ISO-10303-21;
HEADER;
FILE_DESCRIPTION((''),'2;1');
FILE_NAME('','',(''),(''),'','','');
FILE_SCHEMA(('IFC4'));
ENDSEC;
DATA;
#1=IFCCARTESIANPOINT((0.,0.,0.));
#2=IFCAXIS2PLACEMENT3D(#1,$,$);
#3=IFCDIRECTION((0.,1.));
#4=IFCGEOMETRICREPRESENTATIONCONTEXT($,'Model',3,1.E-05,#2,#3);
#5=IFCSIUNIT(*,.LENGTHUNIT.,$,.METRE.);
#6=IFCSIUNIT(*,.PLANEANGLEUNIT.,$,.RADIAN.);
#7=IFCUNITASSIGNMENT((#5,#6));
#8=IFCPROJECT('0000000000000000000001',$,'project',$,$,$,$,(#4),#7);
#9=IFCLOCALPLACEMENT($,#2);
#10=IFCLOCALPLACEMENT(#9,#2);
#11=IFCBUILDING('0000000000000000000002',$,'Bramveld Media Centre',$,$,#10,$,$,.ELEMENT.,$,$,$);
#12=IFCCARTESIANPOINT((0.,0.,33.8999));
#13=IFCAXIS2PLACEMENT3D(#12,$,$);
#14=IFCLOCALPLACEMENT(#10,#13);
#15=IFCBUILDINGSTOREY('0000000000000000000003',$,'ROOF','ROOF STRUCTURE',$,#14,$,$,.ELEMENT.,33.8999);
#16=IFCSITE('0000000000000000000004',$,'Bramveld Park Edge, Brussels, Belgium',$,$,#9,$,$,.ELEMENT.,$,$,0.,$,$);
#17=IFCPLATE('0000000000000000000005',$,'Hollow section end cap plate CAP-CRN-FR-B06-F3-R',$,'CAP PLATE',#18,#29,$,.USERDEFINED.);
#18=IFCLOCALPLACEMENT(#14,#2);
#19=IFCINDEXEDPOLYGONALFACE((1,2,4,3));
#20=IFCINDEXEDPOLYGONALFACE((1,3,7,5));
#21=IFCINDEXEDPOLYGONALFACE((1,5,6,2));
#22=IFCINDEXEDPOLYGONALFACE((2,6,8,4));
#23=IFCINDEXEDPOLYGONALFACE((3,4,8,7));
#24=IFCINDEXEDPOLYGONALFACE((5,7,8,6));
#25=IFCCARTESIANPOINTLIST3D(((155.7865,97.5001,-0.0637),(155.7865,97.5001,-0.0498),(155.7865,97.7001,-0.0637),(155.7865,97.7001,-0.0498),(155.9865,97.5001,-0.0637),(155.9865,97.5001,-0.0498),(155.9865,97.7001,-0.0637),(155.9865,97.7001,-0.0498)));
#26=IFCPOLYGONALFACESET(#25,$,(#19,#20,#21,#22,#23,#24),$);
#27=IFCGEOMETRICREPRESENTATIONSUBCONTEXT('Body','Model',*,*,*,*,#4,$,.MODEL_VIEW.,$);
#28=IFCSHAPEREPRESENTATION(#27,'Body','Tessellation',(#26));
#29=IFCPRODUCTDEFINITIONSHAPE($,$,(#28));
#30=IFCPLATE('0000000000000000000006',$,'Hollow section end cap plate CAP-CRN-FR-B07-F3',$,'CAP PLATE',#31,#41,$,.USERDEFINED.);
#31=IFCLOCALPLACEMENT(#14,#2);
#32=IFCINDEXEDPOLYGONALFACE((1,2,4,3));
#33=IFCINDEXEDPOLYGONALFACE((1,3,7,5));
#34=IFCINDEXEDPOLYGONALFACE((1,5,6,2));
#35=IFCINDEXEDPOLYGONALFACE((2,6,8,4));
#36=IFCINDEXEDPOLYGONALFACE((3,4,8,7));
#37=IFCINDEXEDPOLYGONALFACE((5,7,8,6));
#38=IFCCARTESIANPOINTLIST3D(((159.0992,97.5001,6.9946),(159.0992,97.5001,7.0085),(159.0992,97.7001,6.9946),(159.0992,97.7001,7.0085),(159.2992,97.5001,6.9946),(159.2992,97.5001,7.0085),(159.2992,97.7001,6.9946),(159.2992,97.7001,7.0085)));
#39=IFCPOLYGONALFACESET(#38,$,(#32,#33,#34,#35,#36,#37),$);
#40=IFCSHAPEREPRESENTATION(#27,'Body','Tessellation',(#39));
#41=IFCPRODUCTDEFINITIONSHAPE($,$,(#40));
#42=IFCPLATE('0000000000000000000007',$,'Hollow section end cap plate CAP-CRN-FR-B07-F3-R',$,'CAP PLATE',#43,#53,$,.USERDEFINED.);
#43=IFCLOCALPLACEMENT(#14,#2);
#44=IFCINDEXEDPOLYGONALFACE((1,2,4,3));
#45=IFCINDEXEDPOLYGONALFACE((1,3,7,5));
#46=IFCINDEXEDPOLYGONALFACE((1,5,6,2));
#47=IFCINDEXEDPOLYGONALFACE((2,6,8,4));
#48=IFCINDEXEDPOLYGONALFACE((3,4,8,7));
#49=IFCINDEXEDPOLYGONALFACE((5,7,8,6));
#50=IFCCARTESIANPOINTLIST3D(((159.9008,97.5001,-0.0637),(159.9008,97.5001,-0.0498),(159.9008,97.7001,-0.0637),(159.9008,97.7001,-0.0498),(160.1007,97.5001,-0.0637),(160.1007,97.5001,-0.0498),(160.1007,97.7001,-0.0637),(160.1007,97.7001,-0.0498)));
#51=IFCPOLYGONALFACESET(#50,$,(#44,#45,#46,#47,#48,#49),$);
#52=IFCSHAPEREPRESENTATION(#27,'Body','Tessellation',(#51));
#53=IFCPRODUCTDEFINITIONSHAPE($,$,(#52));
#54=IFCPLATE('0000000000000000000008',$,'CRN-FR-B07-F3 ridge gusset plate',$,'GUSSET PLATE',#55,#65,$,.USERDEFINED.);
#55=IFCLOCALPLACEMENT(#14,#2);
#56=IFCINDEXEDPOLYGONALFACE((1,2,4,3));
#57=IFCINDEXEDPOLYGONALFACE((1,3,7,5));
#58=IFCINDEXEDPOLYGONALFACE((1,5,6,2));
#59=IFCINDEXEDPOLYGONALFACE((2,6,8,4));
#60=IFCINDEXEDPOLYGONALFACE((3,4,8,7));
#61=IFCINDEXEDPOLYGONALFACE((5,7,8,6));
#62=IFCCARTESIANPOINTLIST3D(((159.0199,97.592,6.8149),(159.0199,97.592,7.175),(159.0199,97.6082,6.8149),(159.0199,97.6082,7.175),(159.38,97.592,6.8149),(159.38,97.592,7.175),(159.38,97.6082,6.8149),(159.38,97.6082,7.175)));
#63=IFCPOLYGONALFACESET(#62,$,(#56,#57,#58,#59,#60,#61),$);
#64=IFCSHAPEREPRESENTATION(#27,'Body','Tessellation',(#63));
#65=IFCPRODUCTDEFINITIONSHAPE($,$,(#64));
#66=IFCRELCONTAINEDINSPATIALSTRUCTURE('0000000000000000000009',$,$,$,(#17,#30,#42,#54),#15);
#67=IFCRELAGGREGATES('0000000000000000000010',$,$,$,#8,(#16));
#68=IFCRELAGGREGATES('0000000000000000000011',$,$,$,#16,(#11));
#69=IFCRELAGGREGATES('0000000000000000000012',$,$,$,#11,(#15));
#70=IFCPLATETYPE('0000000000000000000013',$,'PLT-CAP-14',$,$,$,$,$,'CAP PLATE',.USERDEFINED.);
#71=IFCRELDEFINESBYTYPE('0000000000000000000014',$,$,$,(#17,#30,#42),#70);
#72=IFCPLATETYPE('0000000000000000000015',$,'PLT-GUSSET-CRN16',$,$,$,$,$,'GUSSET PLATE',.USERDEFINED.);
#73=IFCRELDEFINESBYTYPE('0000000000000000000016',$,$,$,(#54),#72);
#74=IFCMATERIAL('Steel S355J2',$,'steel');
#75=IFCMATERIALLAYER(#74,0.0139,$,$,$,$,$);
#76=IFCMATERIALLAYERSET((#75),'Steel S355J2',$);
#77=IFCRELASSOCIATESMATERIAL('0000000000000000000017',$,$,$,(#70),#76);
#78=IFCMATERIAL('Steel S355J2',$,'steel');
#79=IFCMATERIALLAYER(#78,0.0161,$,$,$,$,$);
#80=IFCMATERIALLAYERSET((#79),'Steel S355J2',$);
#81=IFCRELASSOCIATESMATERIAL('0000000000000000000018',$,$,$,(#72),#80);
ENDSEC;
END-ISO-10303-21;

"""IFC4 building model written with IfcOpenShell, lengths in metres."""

from ifc_helpers import new_model, si_unit, direction, frame, origin, origin_2d, place, context, subcontext, project, spatial, rectangle, extrude, material, layer, layer_set, type_object, element, save


model = new_model("IFC4")

# Units and contexts
model_context = context("Model", 3, precision=1e-05, world=origin(), true_north=direction((0.0, 1.0)))
body_context = subcontext(model_context, "Body", "Model", "MODEL_VIEW")
ifc_project = project(units=[si_unit("LENGTHUNIT", "METRE"), si_unit("PLANEANGLEUNIT", "RADIAN")], contexts=[model_context])

# Site, building, storey
site_placement = place(None, origin())
site = spatial("IfcSite", under=ifc_project, at=site_placement, Name="Bramveld Park Edge, Brussels, Belgium", CompositionType="ELEMENT", RefElevation=0.0)
building_placement = place(site_placement, origin())
building = spatial("IfcBuilding", under=site, at=building_placement, Name="Bramveld Media Centre", CompositionType="ELEMENT")
storey_placement = place(building_placement, frame((0.0, 0.0, 33.8999)))
storey = spatial("IfcBuildingStorey", under=building, at=storey_placement, Name="ROOF", Description="ROOF STRUCTURE", CompositionType="ELEMENT", Elevation=33.8999)

# Plates
ifc_material_1 = material(Name="Steel S355J2", Category="steel")
ifc_layer_1 = layer(ifc_material_1, 0.0139)
ifc_layer_set_1 = layer_set([ifc_layer_1], Name="Steel S355J2")
plate_type_1 = type_object("IfcPlateType", Name="PLT-CAP-14", ElementType="CAP PLATE", PredefinedType="USERDEFINED", material=ifc_layer_set_1)
for number, where, z_axis, x_axis, name in (
    (1, (155.8865, 97.6001, -0.0498), (0.0, 0.0, -1.0), (1.0, 0.0, 0.0), "Hollow section end cap plate CAP-CRN-FR-B06-F3-R"),
    (2, (159.1992, 97.6001, 6.9946), (0.0, 0.0, 1.0), (1.0, 0.0, 0.0), "Hollow section end cap plate CAP-CRN-FR-B07-F3"),
    (3, (160.0007, 97.6001, -0.0498), (0.0, 0.0, -1.0), (1.0, 0.0, 0.0), "Hollow section end cap plate CAP-CRN-FR-B07-F3-R"),
):
    element("IfcPlate", number, at=place(storey_placement, frame(where, z_axis=z_axis, x_axis=x_axis)), inside=storey, type_object=plate_type_1, Name=name, ObjectType="CAP PLATE", PredefinedType="USERDEFINED", context=body_context, shape_type="SweptSolid", body=[
        extrude(rectangle(XDim=0.2, YDim=0.2, at=origin_2d()), origin(), (0.0, 0.0, 1.0), 0.0139),
    ])
ifc_material_2 = material(Name="Steel S355J2", Category="steel")
ifc_layer_2 = layer(ifc_material_2, 0.0161)
ifc_layer_set_2 = layer_set([ifc_layer_2], Name="Steel S355J2")
plate_type_2 = type_object("IfcPlateType", Name="PLT-GUSSET-CRN16", ElementType="GUSSET PLATE", PredefinedType="USERDEFINED", material=ifc_layer_set_2)
plate_1_placement = place(storey_placement, frame((159.2, 97.6001, 6.8149), z_axis=(0.0, 0.0, 1.0), x_axis=(1.0, 0.0, 0.0)))
element("IfcPlate", 4, at=plate_1_placement, inside=storey, type_object=plate_type_2, Name="CRN-FR-B07-F3 ridge gusset plate", ObjectType="GUSSET PLATE", PredefinedType="USERDEFINED", context=body_context, shape_type="SweptSolid", body=[
    extrude(rectangle(XDim=0.3601, YDim=0.0161, at=origin_2d()), origin(), (0.0, 0.0, 1.0), 0.3601),
])

save(model, "model.ifc")
